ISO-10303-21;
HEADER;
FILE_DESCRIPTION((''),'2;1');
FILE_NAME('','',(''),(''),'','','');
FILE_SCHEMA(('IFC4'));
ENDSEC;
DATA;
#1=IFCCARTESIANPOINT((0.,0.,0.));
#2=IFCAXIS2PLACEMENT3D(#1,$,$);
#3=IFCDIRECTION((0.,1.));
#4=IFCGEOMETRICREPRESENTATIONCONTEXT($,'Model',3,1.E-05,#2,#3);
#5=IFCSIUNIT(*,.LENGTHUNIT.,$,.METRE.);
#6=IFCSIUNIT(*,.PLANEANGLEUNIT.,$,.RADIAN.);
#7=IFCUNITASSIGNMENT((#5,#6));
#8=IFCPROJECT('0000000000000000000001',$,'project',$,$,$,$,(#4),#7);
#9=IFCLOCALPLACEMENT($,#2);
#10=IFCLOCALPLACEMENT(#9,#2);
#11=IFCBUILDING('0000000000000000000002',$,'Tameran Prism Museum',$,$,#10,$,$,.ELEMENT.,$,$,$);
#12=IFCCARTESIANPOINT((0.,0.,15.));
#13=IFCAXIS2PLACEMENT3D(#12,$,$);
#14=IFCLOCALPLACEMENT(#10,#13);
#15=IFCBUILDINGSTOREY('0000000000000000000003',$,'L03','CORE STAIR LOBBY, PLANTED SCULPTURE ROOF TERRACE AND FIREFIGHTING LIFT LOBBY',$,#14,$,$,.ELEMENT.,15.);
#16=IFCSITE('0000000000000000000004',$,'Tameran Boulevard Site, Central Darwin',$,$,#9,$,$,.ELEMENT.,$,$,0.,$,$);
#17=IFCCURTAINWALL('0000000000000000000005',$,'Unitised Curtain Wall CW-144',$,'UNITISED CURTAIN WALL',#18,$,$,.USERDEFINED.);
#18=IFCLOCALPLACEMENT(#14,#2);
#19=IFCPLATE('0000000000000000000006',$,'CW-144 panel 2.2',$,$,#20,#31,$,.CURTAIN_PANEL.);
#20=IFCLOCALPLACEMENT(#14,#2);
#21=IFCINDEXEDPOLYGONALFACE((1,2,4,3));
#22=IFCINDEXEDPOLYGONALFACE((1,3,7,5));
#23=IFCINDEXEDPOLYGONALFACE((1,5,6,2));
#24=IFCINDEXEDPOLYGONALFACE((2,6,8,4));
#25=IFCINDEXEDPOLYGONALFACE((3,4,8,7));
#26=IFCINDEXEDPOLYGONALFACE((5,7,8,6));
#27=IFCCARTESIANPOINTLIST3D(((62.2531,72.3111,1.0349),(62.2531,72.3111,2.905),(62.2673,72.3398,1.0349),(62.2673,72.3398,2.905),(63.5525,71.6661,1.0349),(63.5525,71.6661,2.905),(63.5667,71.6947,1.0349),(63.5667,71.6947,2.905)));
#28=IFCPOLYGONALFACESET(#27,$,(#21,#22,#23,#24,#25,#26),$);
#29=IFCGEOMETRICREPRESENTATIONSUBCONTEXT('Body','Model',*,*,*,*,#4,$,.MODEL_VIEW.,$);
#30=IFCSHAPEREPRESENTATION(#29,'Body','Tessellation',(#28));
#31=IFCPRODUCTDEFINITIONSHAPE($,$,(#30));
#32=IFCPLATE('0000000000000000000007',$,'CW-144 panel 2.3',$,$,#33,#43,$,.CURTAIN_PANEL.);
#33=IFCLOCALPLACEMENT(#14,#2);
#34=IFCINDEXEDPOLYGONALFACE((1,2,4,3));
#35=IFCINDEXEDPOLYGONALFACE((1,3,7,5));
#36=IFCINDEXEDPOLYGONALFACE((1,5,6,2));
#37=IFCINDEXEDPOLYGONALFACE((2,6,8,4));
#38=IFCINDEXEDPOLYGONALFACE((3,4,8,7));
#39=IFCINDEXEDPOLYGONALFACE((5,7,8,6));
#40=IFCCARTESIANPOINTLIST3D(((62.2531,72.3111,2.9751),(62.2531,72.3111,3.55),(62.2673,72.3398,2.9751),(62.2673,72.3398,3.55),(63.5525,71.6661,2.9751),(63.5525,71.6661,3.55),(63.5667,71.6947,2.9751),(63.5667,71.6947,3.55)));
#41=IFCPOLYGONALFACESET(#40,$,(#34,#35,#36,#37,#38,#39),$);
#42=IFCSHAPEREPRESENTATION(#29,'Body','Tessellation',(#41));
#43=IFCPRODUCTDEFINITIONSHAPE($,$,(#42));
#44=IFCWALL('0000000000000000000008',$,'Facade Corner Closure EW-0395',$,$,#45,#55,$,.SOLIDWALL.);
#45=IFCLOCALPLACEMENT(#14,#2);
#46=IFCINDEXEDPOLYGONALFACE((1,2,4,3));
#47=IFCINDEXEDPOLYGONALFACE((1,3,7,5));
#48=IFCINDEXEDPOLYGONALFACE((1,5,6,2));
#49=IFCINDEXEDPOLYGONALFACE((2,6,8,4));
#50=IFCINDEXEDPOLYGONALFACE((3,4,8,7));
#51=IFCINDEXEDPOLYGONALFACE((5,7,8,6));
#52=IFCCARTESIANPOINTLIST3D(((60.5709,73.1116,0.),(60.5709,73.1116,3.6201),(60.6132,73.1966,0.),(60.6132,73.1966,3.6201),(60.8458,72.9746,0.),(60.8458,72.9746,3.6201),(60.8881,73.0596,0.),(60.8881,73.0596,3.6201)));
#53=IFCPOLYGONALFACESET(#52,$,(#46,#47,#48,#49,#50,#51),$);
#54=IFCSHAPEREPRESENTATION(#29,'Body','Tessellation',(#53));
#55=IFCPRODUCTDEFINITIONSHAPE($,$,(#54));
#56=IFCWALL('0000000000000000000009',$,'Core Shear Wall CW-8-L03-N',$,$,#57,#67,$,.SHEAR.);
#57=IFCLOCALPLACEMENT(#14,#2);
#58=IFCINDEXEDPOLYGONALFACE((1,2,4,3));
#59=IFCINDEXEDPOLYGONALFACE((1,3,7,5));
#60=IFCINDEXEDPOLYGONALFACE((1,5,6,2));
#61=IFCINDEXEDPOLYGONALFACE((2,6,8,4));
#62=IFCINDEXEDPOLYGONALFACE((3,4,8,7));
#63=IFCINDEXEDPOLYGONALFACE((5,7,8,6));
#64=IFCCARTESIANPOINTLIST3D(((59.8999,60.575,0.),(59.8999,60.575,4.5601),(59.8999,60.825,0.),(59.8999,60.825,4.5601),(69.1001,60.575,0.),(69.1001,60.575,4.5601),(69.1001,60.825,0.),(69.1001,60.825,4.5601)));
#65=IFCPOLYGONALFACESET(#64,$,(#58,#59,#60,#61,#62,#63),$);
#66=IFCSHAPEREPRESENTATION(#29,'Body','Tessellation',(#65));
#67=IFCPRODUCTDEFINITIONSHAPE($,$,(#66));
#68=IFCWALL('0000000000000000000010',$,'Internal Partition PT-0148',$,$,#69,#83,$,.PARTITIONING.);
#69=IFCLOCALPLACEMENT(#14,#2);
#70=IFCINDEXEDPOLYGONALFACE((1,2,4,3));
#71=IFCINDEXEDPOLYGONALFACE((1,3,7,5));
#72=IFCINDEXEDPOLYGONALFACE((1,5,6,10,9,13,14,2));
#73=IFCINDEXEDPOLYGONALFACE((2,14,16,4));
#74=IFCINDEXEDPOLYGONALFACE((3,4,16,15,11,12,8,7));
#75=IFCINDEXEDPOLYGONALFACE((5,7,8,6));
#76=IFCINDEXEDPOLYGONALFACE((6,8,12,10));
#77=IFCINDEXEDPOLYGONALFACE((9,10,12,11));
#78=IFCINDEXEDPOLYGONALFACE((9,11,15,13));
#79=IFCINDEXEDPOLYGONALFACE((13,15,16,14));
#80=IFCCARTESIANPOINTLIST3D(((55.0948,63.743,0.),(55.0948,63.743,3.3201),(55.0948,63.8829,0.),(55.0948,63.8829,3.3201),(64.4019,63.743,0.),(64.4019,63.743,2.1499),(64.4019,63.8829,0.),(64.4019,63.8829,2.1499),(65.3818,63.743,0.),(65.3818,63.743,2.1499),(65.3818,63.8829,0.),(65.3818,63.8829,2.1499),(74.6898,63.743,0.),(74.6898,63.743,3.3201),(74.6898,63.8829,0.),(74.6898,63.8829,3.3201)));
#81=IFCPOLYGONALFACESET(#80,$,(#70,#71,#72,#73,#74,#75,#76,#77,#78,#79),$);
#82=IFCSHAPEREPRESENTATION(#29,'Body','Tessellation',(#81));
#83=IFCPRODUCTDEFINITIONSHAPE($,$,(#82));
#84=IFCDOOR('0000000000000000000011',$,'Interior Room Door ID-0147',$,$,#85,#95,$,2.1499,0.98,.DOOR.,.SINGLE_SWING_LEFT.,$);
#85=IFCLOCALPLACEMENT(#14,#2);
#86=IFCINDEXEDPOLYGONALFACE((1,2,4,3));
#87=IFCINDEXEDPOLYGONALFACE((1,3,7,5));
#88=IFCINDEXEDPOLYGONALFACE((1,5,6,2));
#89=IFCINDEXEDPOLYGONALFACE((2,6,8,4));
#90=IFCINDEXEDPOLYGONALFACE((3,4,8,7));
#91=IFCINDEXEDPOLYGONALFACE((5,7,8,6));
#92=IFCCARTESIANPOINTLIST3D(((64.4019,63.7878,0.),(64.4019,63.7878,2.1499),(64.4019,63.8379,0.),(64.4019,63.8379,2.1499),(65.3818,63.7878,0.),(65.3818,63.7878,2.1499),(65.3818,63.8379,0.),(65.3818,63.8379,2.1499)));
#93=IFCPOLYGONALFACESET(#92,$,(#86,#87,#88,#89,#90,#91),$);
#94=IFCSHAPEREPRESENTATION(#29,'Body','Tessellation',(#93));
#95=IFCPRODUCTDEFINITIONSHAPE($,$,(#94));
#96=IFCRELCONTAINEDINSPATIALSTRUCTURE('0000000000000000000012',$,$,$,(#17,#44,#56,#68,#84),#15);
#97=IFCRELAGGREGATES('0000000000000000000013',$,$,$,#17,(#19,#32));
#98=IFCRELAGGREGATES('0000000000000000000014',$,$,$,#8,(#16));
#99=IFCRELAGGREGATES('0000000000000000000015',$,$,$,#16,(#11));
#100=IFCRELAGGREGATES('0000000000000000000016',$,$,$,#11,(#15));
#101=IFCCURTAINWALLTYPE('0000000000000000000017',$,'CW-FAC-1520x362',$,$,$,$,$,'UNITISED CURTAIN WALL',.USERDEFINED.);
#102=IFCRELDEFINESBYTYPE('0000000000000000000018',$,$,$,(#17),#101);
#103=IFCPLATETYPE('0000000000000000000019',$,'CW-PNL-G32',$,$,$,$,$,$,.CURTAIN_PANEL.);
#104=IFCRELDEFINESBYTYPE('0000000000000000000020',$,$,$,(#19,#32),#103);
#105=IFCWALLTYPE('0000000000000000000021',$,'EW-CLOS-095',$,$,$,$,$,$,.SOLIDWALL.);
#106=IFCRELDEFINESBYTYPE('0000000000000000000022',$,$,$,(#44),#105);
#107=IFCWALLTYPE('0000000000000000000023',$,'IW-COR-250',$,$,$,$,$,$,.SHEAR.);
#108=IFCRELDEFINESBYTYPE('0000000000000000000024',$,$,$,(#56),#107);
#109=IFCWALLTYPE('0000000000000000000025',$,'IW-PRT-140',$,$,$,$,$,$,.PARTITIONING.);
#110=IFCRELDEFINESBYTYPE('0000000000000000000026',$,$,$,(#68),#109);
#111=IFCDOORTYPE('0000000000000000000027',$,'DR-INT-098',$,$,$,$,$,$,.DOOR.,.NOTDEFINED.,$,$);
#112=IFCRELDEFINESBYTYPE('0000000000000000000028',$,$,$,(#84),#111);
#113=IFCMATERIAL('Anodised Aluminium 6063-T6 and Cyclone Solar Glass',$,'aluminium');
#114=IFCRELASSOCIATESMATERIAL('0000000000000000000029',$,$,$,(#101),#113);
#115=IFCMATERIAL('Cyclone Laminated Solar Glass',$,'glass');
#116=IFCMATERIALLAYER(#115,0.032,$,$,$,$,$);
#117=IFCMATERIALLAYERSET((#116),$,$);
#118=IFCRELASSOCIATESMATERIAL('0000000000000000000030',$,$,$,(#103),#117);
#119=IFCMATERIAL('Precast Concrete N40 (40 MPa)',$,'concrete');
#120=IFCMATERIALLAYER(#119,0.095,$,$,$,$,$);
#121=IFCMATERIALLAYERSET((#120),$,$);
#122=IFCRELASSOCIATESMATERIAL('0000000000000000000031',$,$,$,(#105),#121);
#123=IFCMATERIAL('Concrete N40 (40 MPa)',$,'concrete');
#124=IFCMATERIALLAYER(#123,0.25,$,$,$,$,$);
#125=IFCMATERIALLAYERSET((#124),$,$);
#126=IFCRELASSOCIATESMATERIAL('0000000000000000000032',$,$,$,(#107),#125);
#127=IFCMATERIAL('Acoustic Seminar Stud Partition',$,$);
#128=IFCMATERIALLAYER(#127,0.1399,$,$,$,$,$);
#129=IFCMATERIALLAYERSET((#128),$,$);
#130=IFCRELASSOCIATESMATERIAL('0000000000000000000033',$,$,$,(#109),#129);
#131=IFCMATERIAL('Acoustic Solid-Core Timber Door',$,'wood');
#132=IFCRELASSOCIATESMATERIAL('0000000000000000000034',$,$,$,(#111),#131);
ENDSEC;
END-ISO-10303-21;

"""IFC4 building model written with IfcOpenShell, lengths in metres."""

from ifc_helpers import new_model, si_unit, direction, frame, frame_2d, origin, origin_2d, place, context, subcontext, project, spatial, rectangle, extrude, material, layer, layer_set, type_object, element, fill, aggregate, save


model = new_model("IFC4")

# Units and contexts
model_context = context("Model", 3, precision=1e-05, world=origin(), true_north=direction((0.0, 1.0)))
body_context = subcontext(model_context, "Body", "Model", "MODEL_VIEW")
ifc_project = project(units=[si_unit("LENGTHUNIT", "METRE"), si_unit("PLANEANGLEUNIT", "RADIAN")], contexts=[model_context])

# Site, building, storey
site_placement = place(None, origin())
site = spatial("IfcSite", under=ifc_project, at=site_placement, Name="Tameran Boulevard Site, Central Darwin", CompositionType="ELEMENT", RefElevation=0.0)
building_placement = place(site_placement, origin())
building = spatial("IfcBuilding", under=site, at=building_placement, Name="Tameran Prism Museum", CompositionType="ELEMENT")
storey_placement = place(building_placement, frame((0.0, 0.0, 15.0)))
storey = spatial("IfcBuildingStorey", under=building, at=storey_placement, Name="L03", Description="CORE STAIR LOBBY, PLANTED SCULPTURE ROOF TERRACE AND FIREFIGHTING LIFT LOBBY", CompositionType="ELEMENT", Elevation=15.0)

# Curtain wall, plates
ifc_material_1 = material(Name="Anodised Aluminium 6063-T6 and Cyclone Solar Glass", Category="aluminium")
curtain_wall_type = type_object("IfcCurtainWallType", Name="CW-FAC-1520x362", ElementType="UNITISED CURTAIN WALL", PredefinedType="USERDEFINED", material=ifc_material_1)
curtain_wall_placement = place(storey_placement, origin())
curtain_wall = element("IfcCurtainWall", 1, at=curtain_wall_placement, inside=storey, type_object=curtain_wall_type, Name="Unitised Curtain Wall CW-144", ObjectType="UNITISED CURTAIN WALL", PredefinedType="USERDEFINED")
ifc_material_2 = material(Name="Cyclone Laminated Solar Glass", Category="glass")
ifc_layer_1 = layer(ifc_material_2, 0.032)
ifc_layer_set_1 = layer_set([ifc_layer_1])
plate_type = type_object("IfcPlateType", Name="CW-PNL-G32", PredefinedType="CURTAIN_PANEL", material=ifc_layer_set_1)
plate_1_placement = place(storey_placement, frame((62.9099, 72.0029, 1.0349), z_axis=(0.0, 0.0, 1.0), x_axis=(0.895712, -0.444634, 0.0)))
plate_1 = element("IfcPlate", 2, at=plate_1_placement, type_object=plate_type, Name="CW-144 panel 2.2", PredefinedType="CURTAIN_PANEL", context=body_context, shape_type="SweptSolid", body=[
    extrude(rectangle(XDim=1.4507, YDim=0.032, at=origin_2d()), origin(), (0.0, 0.0, 1.0), 1.8701),
])
plate_2_placement = place(storey_placement, frame((62.9099, 72.0029, 2.9751), z_axis=(0.0, 0.0, 1.0), x_axis=(0.895712, -0.444634, 0.0)))
plate_2 = element("IfcPlate", 3, at=plate_2_placement, type_object=plate_type, Name="CW-144 panel 2.3", PredefinedType="CURTAIN_PANEL", context=body_context, shape_type="SweptSolid", body=[
    extrude(rectangle(XDim=1.4507, YDim=0.032, at=origin_2d()), origin(), (0.0, 0.0, 1.0), 0.575),
])
aggregate(curtain_wall, [plate_1, plate_2])

# Walls
ifc_material_3 = material(Name="Precast Concrete N40 (40 MPa)", Category="concrete")
ifc_layer_2 = layer(ifc_material_3, 0.095)
ifc_layer_set_2 = layer_set([ifc_layer_2])
wall_type_1 = type_object("IfcWallType", Name="EW-CLOS-095", PredefinedType="SOLIDWALL", material=ifc_layer_set_2)
wall_1_placement = place(storey_placement, frame((60.592, 73.1541, 0.0), z_axis=(0.0, 0.0, 1.0), x_axis=(0.895062, -0.445941, 0.0)))
element("IfcWall", 4, at=wall_1_placement, inside=storey, type_object=wall_type_1, Name="Facade Corner Closure EW-0395", PredefinedType="SOLIDWALL", context=body_context, shape_type="SweptSolid", body=[
    extrude(rectangle(XDim=0.3071, YDim=0.095, at=frame_2d((0.1536, 0.0))), origin(), (0.0, 0.0, 1.0), 3.6201),
])
ifc_material_4 = material(Name="Concrete N40 (40 MPa)", Category="concrete")
ifc_layer_3 = layer(ifc_material_4, 0.25)
ifc_layer_set_3 = layer_set([ifc_layer_3])
wall_type_2 = type_object("IfcWallType", Name="IW-COR-250", PredefinedType="SHEAR", material=ifc_layer_set_3)
wall_2_placement = place(storey_placement, frame((59.8999, 60.7, 0.0), z_axis=(0.0, 0.0, 1.0), x_axis=(1.0, 0.0, 0.0)))
element("IfcWall", 5, at=wall_2_placement, inside=storey, type_object=wall_type_2, Name="Core Shear Wall CW-8-L03-N", PredefinedType="SHEAR", context=body_context, shape_type="SweptSolid", body=[
    extrude(rectangle(XDim=9.2002, YDim=0.25, at=frame_2d((4.6001, 0.0))), origin(), (0.0, 0.0, 1.0), 4.5601),
])

# Wall, opening, door
ifc_material_5 = material(Name="Acoustic Seminar Stud Partition")
ifc_layer_4 = layer(ifc_material_5, 0.1399)
ifc_layer_set_4 = layer_set([ifc_layer_4])
wall_type_3 = type_object("IfcWallType", Name="IW-PRT-140", PredefinedType="PARTITIONING", material=ifc_layer_set_4)
wall_3_placement = place(storey_placement, frame((55.095, 63.813, 0.0), z_axis=(0.0, 0.0, 1.0), x_axis=(1.0, 0.0, 0.0)))
wall_3 = element("IfcWall", 6, at=wall_3_placement, inside=storey, type_object=wall_type_3, Name="Internal Partition PT-0148", PredefinedType="PARTITIONING", context=body_context, shape_type="SweptSolid", body=[
    extrude(rectangle(XDim=19.595, YDim=0.1399, at=frame_2d((9.7974, 0.0))), origin(), (0.0, 0.0, 1.0), 3.3201),
])
opening_placement = place(wall_3_placement, frame((9.3069, 0.0, 0.0)))
opening = element("IfcOpeningElement", 7, at=opening_placement, cuts=wall_3, PredefinedType="OPENING", context=body_context, shape_type="SweptSolid", body=[
    extrude(rectangle(XDim=0.98, YDim=2.1499, at=frame_2d((0.49, 1.075))), frame((0.0, 0.0798, 0.0), z_axis=(0.0, -1.0, 0.0), x_axis=(1.0, 0.0, 0.0)), (0.0, 0.0, 1.0), 0.1599),
])
ifc_material_6 = material(Name="Acoustic Solid-Core Timber Door", Category="wood")
door_type = type_object("IfcDoorType", Name="DR-INT-098", OperationType="NOTDEFINED", PredefinedType="DOOR", material=ifc_material_6)
door_placement = place(opening_placement, origin())
door = element("IfcDoor", 8, at=door_placement, inside=storey, type_object=door_type, Name="Interior Room Door ID-0147", OperationType="SINGLE_SWING_LEFT", OverallHeight=2.1499, OverallWidth=0.98, PredefinedType="DOOR", context=body_context, shape_type="SweptSolid", body=[
    extrude(rectangle(XDim=0.98, YDim=2.1499, at=frame_2d((0.49, 1.075))), frame((0.0, 0.0249, 0.0), z_axis=(0.0, -1.0, 0.0), x_axis=(1.0, 0.0, 0.0)), (0.0, 0.0, 1.0), 0.05),
])
fill(opening, door)

save(model, "model.ifc")
